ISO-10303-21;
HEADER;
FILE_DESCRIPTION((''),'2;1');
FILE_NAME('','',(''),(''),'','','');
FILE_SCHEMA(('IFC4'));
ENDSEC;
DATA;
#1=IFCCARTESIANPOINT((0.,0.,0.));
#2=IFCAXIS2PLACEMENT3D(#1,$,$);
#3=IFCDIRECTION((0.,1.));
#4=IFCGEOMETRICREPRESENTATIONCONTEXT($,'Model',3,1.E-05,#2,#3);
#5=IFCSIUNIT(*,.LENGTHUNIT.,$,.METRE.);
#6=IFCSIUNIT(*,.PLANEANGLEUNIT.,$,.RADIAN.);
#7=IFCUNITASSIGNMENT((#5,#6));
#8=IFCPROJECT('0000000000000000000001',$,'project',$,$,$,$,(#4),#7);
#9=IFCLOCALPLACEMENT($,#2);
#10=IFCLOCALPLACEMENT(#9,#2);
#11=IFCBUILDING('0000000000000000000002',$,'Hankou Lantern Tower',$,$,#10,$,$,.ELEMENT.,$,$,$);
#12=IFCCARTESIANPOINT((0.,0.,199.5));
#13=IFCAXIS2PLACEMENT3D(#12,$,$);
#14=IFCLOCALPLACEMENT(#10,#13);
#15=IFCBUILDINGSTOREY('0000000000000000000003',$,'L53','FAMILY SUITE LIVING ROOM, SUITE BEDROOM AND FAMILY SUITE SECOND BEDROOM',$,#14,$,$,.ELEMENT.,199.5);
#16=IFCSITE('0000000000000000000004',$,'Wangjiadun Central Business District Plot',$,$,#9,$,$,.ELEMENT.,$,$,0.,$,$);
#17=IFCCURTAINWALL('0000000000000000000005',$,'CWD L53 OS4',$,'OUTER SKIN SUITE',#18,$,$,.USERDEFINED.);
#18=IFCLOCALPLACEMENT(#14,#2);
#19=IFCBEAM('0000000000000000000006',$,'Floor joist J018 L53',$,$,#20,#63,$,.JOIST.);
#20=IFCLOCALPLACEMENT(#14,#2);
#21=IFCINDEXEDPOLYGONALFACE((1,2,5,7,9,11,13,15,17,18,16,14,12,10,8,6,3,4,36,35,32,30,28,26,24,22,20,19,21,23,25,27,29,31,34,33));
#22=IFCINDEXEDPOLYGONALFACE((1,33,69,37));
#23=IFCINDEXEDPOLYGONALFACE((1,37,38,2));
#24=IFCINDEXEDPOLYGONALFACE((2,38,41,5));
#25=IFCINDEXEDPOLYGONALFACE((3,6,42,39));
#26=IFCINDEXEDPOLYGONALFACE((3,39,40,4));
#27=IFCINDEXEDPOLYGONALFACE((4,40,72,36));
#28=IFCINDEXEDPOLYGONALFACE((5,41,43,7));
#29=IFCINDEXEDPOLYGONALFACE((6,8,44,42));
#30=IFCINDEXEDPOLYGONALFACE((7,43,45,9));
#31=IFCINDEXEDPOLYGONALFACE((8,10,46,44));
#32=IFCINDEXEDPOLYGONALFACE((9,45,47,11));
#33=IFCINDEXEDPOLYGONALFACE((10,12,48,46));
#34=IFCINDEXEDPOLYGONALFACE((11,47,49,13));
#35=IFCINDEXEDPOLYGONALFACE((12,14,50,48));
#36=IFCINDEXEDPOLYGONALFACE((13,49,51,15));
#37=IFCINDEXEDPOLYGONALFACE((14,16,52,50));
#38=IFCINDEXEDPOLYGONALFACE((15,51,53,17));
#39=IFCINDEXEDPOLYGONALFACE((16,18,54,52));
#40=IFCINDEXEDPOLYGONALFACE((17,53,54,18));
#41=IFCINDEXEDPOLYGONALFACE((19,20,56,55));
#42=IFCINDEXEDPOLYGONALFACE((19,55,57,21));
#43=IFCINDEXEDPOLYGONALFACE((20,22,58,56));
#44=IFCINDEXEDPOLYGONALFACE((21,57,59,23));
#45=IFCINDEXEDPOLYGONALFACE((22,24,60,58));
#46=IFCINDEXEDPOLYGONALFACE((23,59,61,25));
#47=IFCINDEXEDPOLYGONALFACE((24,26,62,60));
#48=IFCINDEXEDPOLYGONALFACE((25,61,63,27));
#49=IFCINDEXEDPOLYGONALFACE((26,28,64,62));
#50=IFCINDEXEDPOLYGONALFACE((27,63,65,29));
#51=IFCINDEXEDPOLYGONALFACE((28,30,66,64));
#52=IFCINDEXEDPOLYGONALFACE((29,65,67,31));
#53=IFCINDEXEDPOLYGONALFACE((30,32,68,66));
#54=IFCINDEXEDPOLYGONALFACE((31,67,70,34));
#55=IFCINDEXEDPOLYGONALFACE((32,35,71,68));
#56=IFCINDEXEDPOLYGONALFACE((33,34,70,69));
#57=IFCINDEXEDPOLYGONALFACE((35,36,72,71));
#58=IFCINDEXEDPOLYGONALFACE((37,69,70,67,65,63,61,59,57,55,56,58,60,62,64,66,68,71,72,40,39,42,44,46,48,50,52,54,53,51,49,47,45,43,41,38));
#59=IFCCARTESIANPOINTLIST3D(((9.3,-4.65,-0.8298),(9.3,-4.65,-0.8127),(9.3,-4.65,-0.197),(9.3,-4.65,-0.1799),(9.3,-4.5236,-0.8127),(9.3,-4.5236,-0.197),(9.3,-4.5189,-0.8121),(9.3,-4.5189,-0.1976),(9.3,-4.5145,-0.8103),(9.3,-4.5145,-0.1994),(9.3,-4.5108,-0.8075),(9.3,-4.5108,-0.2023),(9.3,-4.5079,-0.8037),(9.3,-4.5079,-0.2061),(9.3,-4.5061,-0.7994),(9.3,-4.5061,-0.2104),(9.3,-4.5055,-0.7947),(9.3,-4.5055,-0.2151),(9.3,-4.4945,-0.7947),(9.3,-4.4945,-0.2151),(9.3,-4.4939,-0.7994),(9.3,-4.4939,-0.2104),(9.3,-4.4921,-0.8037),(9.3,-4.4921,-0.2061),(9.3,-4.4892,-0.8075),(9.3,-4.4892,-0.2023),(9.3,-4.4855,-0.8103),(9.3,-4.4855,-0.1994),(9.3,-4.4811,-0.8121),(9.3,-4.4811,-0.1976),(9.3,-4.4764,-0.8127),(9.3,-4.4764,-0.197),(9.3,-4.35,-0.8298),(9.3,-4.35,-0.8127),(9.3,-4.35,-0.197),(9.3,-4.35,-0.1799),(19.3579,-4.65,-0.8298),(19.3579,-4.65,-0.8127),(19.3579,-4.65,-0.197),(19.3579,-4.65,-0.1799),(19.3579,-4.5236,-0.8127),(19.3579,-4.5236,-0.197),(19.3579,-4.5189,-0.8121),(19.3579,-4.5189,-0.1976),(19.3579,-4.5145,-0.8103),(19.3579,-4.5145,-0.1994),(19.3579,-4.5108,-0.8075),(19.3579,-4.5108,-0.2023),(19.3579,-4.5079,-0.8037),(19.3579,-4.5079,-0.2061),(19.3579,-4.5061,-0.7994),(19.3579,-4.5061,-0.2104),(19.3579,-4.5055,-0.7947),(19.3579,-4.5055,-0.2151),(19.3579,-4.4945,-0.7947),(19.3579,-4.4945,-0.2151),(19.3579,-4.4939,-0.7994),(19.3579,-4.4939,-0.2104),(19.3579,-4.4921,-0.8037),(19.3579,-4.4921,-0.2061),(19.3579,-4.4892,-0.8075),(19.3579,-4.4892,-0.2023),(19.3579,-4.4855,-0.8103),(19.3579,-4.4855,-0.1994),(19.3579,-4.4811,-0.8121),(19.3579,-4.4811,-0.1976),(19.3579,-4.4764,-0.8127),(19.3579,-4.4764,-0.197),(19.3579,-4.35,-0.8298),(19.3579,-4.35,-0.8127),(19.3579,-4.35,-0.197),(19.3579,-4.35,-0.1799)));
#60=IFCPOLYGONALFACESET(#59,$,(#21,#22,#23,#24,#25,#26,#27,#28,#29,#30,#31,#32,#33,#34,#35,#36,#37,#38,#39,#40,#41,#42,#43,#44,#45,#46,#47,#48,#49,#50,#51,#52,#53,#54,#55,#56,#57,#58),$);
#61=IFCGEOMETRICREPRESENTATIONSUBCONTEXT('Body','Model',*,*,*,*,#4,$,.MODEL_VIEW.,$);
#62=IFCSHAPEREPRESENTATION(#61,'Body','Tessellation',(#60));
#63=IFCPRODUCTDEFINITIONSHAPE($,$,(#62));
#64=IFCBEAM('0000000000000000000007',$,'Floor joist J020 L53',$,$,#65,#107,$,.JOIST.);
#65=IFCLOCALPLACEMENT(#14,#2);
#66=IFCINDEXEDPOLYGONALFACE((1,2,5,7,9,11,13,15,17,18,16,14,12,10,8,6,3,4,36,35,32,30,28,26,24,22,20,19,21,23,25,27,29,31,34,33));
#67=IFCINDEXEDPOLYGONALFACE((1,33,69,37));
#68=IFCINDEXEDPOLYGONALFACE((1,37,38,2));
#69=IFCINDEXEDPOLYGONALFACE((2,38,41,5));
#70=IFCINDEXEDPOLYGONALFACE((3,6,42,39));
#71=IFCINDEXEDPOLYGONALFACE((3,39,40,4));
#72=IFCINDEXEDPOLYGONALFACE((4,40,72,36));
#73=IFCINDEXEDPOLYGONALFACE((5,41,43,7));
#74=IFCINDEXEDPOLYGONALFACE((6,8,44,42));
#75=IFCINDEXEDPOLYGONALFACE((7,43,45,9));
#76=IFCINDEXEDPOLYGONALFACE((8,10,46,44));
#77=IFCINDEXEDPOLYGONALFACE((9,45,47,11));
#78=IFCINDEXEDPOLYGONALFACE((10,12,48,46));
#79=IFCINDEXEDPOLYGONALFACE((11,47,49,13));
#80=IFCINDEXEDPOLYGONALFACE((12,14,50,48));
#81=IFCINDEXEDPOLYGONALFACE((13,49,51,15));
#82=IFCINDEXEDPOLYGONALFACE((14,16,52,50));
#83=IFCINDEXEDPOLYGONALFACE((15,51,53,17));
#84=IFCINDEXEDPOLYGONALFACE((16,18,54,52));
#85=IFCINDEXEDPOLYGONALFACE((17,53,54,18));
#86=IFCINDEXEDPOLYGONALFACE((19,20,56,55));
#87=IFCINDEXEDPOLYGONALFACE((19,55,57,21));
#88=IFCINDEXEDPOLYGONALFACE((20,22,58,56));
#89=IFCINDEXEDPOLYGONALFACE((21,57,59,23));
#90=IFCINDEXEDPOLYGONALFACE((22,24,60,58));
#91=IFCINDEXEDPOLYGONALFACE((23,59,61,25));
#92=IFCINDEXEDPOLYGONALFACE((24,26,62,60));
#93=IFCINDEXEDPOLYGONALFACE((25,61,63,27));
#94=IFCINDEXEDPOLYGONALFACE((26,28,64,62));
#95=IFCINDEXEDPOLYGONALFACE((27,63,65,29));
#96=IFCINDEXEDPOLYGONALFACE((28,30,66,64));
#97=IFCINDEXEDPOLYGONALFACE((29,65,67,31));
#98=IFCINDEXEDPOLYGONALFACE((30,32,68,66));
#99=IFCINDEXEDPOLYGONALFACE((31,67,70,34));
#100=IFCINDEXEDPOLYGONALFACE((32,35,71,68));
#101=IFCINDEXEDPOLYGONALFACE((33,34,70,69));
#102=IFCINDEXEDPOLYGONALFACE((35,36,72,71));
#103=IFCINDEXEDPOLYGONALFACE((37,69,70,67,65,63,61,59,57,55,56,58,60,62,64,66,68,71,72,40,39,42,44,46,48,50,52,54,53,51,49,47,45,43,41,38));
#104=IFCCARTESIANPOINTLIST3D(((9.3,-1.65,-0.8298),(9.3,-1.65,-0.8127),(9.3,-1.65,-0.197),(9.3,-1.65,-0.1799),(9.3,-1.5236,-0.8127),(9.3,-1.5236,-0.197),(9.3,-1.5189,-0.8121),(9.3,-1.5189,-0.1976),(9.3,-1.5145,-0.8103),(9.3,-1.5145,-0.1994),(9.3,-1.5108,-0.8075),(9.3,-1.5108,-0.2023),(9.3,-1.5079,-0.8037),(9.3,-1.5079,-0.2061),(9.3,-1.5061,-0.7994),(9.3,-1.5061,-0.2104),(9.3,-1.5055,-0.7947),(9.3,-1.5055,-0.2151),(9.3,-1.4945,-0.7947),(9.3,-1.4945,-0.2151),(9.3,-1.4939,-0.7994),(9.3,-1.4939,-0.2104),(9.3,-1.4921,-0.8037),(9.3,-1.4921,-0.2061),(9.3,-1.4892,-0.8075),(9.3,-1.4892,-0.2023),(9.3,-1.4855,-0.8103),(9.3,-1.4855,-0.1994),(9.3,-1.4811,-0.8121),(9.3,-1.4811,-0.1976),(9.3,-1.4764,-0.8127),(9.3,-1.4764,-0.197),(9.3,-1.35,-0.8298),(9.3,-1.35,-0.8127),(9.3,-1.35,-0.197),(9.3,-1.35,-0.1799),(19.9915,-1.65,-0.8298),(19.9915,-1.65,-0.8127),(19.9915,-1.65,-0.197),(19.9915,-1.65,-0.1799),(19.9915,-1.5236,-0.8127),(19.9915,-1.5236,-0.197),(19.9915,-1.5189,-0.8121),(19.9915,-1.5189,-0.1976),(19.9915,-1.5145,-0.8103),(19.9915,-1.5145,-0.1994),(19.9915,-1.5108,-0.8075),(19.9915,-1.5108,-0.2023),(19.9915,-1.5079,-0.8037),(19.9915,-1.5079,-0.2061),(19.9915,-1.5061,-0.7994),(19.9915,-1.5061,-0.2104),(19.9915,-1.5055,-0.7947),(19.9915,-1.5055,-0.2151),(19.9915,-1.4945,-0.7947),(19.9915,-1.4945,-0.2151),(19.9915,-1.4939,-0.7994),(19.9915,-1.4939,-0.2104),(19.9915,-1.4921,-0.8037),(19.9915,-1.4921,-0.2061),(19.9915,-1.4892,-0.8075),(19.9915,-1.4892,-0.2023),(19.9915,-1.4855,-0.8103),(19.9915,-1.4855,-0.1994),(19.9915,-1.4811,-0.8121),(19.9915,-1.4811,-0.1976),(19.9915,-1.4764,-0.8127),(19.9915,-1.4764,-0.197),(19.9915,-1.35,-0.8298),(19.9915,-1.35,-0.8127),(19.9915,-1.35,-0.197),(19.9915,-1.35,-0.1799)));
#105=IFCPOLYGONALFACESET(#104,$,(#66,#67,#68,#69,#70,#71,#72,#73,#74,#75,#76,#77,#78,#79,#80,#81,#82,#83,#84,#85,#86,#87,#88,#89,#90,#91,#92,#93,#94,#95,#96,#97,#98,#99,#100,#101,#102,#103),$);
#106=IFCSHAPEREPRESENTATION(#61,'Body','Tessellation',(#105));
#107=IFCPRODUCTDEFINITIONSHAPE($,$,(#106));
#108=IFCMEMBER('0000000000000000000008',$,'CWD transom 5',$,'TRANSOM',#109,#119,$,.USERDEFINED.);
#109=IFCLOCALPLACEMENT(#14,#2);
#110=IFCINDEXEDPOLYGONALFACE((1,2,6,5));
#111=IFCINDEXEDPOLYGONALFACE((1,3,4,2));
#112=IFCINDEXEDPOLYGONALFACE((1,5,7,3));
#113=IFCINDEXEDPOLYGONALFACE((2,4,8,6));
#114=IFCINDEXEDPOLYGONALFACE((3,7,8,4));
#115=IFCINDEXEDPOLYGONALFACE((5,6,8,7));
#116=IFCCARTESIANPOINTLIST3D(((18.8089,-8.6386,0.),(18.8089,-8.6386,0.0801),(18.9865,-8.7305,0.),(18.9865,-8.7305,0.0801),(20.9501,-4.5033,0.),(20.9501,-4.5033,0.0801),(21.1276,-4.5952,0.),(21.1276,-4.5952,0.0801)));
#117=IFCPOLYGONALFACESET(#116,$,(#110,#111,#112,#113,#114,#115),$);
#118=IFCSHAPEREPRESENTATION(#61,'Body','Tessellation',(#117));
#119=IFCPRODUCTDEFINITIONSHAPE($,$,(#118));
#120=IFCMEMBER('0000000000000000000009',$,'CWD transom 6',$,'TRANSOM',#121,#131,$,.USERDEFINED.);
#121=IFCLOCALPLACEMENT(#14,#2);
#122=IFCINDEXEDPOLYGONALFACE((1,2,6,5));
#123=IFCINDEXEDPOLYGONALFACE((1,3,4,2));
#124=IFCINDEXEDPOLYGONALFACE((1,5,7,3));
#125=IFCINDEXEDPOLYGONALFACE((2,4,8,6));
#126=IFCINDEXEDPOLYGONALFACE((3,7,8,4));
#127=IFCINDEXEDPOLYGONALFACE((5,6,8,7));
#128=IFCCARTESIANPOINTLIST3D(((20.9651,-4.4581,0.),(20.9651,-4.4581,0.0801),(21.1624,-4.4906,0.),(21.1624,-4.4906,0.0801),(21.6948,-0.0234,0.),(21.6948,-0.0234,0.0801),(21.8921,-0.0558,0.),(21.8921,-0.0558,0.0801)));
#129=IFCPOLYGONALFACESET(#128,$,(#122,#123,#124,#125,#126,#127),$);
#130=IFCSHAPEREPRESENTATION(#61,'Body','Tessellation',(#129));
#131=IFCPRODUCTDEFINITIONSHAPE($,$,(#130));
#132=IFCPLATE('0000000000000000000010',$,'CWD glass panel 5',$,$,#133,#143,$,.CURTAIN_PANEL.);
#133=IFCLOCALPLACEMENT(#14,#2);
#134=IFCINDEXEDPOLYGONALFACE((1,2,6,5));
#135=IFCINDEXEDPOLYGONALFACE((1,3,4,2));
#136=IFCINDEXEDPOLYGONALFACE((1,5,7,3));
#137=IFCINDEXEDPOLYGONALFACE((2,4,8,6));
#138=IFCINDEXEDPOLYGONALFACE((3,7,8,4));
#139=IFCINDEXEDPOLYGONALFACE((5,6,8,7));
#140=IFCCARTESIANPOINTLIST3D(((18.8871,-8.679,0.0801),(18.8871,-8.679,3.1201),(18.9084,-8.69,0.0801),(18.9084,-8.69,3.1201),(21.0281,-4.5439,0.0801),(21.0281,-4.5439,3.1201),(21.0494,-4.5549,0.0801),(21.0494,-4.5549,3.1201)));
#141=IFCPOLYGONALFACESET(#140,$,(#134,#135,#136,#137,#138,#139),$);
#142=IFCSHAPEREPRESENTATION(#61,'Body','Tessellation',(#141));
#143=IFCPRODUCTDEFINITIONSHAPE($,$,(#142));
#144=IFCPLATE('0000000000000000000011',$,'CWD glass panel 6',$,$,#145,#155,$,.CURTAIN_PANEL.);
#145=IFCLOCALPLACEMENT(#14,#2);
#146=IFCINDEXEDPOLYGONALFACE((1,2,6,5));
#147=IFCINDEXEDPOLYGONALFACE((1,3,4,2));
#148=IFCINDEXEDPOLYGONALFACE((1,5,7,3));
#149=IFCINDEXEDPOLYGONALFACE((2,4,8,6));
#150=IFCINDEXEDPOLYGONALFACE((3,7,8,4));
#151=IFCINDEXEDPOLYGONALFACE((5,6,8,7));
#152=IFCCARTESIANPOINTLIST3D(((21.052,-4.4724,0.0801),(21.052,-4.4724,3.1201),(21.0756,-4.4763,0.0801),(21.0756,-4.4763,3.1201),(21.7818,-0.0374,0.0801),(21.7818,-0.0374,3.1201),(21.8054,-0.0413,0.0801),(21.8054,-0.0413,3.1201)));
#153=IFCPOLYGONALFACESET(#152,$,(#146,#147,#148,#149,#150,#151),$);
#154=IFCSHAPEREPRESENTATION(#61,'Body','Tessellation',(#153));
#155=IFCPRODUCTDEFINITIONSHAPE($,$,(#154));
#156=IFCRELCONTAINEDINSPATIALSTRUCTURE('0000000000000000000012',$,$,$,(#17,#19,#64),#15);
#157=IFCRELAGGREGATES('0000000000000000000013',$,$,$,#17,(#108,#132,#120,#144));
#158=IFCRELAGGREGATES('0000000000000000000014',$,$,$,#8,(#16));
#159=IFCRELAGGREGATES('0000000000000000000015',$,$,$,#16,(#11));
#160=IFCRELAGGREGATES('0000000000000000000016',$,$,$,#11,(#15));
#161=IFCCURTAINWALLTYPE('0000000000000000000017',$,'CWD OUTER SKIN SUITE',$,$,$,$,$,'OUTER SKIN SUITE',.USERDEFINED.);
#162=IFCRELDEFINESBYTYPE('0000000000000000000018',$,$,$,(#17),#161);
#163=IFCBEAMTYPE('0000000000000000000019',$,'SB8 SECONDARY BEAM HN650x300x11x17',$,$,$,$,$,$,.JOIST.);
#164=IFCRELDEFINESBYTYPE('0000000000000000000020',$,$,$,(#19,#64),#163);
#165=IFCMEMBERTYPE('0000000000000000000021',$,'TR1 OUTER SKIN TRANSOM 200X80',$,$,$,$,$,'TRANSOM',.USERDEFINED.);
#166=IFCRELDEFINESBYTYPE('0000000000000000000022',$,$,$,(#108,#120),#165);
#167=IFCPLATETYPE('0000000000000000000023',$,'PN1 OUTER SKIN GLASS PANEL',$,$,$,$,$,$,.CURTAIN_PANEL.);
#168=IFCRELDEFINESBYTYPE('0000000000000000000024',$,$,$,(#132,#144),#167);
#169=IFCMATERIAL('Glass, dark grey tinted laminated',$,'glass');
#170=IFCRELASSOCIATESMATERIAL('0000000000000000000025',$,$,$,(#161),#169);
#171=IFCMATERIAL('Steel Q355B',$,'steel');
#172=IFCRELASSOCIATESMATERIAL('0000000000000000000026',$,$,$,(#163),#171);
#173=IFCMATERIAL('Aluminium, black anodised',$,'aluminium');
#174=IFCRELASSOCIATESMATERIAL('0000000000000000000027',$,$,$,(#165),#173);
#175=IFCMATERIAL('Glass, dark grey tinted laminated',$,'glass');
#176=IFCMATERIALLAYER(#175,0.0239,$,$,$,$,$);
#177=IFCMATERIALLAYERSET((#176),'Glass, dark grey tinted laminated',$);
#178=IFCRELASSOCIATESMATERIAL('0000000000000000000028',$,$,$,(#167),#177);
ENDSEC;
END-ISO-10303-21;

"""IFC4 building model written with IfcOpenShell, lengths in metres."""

from ifc_helpers import new_model, si_unit, direction, frame, origin, origin_2d, place, context, subcontext, project, spatial, rectangle, i_section, extrude, material, layer, layer_set, material_profile, profile_set, type_object, element, aggregate, save


model = new_model("IFC4")

# Units and contexts
model_context = context("Model", 3, precision=1e-05, world=origin(), true_north=direction((0.0, 1.0)))
body_context = subcontext(model_context, "Body", "Model", "MODEL_VIEW")
ifc_project = project(units=[si_unit("LENGTHUNIT", "METRE"), si_unit("PLANEANGLEUNIT", "RADIAN")], contexts=[model_context])

# Site, building, storey
site_placement = place(None, origin())
site = spatial("IfcSite", under=ifc_project, at=site_placement, Name="Wangjiadun Central Business District Plot", CompositionType="ELEMENT", RefElevation=0.0)
building_placement = place(site_placement, origin())
building = spatial("IfcBuilding", under=site, at=building_placement, Name="Hankou Lantern Tower", CompositionType="ELEMENT")
storey_placement = place(building_placement, frame((0.0, 0.0, 199.5)))
storey = spatial("IfcBuildingStorey", under=building, at=storey_placement, Name="L53", Description="FAMILY SUITE LIVING ROOM, SUITE BEDROOM AND FAMILY SUITE SECOND BEDROOM", CompositionType="ELEMENT", Elevation=199.5)

# Curtain wall
ifc_material_1 = material(Name="Glass, dark grey tinted laminated", Category="glass")
curtain_wall_type = type_object("IfcCurtainWallType", Name="CWD OUTER SKIN SUITE", ElementType="OUTER SKIN SUITE", PredefinedType="USERDEFINED", material=ifc_material_1)
curtain_wall_placement = place(storey_placement, origin())
curtain_wall = element("IfcCurtainWall", 1, at=curtain_wall_placement, inside=storey, type_object=curtain_wall_type, Name="CWD L53 OS4", ObjectType="OUTER SKIN SUITE", PredefinedType="USERDEFINED")

# Beams
ifc_material_2 = material(Name="Steel Q355B", Category="steel")
ifc_material_profile_1 = material_profile(ifc_material_2, i_section(OverallWidth=0.3, OverallDepth=0.6499, WebThickness=0.011, FlangeThickness=0.0171, FilletRadius=0.0181, at=origin_2d()), Name="HN650x300x11x17")
ifc_profile_set_1 = profile_set([ifc_material_profile_1], Name="Steel Q355B")
beam_type_1 = type_object("IfcBeamType", Name="SB8 SECONDARY BEAM HN650x300x11x17", PredefinedType="JOIST", material=ifc_profile_set_1)
beam_1_placement = place(storey_placement, frame((9.3, -4.5, -0.5049), z_axis=(1.0, 0.0, 0.0), x_axis=(0.0, 1.0, 0.0)))
element("IfcBeam", 2, at=beam_1_placement, inside=storey, type_object=beam_type_1, Name="Floor joist J018 L53", PredefinedType="JOIST", context=body_context, shape_type="SweptSolid", body=[
    extrude(i_section(OverallWidth=0.3, OverallDepth=0.6499, WebThickness=0.011, FlangeThickness=0.0171, FilletRadius=0.0181, at=origin_2d()), origin(), (0.0, 0.0, 1.0), 10.0579),
])
beam_2_placement = place(storey_placement, frame((9.3, -1.5, -0.5049), z_axis=(1.0, 0.0, 0.0), x_axis=(0.0, 1.0, 0.0)))
element("IfcBeam", 3, at=beam_2_placement, inside=storey, type_object=beam_type_1, Name="Floor joist J020 L53", PredefinedType="JOIST", context=body_context, shape_type="SweptSolid", body=[
    extrude(i_section(OverallWidth=0.3, OverallDepth=0.6499, WebThickness=0.011, FlangeThickness=0.0171, FilletRadius=0.0181, at=origin_2d()), origin(), (0.0, 0.0, 1.0), 10.6914),
])

# Members
ifc_material_3 = material(Name="Aluminium, black anodised", Category="aluminium")
ifc_material_profile_2 = material_profile(ifc_material_3, rectangle(XDim=0.2, YDim=0.0801, at=origin_2d()), Name="TR1 200X80")
ifc_profile_set_2 = profile_set([ifc_material_profile_2], Name="Aluminium, black anodised")
member_type_1 = type_object("IfcMemberType", Name="TR1 OUTER SKIN TRANSOM 200X80", ElementType="TRANSOM", PredefinedType="USERDEFINED", material=ifc_profile_set_2)
member_1_placement = place(storey_placement, frame((18.8977, -8.6846, 0.04), z_axis=(0.459794, 0.888026, 0.0), x_axis=(-0.888026, 0.459794, 0.0)))
member_1 = element("IfcMember", 4, at=member_1_placement, type_object=member_type_1, Name="CWD transom 5", ObjectType="TRANSOM", PredefinedType="USERDEFINED", context=body_context, shape_type="SweptSolid", body=[
    extrude(rectangle(XDim=0.2, YDim=0.0801, at=origin_2d()), origin(), (0.0, 0.0, 1.0), 4.6567),
])
member_2_placement = place(storey_placement, frame((21.0637, -4.4744, 0.04), z_axis=(0.162364, 0.986731, 0.0), x_axis=(-0.986731, 0.162364, 0.0)))
member_2 = element("IfcMember", 5, at=member_2_placement, type_object=member_type_1, Name="CWD transom 6", ObjectType="TRANSOM", PredefinedType="USERDEFINED", context=body_context, shape_type="SweptSolid", body=[
    extrude(rectangle(XDim=0.2, YDim=0.0801, at=origin_2d()), origin(), (0.0, 0.0, 1.0), 4.4944),
])

# Plates
ifc_material_4 = material(Name="Glass, dark grey tinted laminated", Category="glass")
ifc_layer_1 = layer(ifc_material_4, 0.0239)
ifc_layer_set_1 = layer_set([ifc_layer_1], Name="Glass, dark grey tinted laminated")
plate_type = type_object("IfcPlateType", Name="PN1 OUTER SKIN GLASS PANEL", PredefinedType="CURTAIN_PANEL", material=ifc_layer_set_1)
plate_1_placement = place(storey_placement, frame((19.9683, -6.6169, 0.0801), z_axis=(0.0, 0.0, 1.0), x_axis=(0.459791, 0.888027, 0.0)))
plate_1 = element("IfcPlate", 6, at=plate_1_placement, type_object=plate_type, Name="CWD glass panel 5", PredefinedType="CURTAIN_PANEL", context=body_context, shape_type="SweptSolid", body=[
    extrude(rectangle(XDim=4.6565, YDim=0.0239, at=origin_2d()), origin(), (0.0, 0.0, 1.0), 3.04),
])
plate_2_placement = place(storey_placement, frame((21.4287, -2.2568, 0.0801), z_axis=(0.0, 0.0, 1.0), x_axis=(0.162382, 0.986728, 0.0)))
plate_2 = element("IfcPlate", 7, at=plate_2_placement, type_object=plate_type, Name="CWD glass panel 6", PredefinedType="CURTAIN_PANEL", context=body_context, shape_type="SweptSolid", body=[
    extrude(rectangle(XDim=4.4946, YDim=0.0239, at=origin_2d()), origin(), (0.0, 0.0, 1.0), 3.04),
])
aggregate(curtain_wall, [member_1, plate_1, member_2, plate_2])

save(model, "model.ifc")
